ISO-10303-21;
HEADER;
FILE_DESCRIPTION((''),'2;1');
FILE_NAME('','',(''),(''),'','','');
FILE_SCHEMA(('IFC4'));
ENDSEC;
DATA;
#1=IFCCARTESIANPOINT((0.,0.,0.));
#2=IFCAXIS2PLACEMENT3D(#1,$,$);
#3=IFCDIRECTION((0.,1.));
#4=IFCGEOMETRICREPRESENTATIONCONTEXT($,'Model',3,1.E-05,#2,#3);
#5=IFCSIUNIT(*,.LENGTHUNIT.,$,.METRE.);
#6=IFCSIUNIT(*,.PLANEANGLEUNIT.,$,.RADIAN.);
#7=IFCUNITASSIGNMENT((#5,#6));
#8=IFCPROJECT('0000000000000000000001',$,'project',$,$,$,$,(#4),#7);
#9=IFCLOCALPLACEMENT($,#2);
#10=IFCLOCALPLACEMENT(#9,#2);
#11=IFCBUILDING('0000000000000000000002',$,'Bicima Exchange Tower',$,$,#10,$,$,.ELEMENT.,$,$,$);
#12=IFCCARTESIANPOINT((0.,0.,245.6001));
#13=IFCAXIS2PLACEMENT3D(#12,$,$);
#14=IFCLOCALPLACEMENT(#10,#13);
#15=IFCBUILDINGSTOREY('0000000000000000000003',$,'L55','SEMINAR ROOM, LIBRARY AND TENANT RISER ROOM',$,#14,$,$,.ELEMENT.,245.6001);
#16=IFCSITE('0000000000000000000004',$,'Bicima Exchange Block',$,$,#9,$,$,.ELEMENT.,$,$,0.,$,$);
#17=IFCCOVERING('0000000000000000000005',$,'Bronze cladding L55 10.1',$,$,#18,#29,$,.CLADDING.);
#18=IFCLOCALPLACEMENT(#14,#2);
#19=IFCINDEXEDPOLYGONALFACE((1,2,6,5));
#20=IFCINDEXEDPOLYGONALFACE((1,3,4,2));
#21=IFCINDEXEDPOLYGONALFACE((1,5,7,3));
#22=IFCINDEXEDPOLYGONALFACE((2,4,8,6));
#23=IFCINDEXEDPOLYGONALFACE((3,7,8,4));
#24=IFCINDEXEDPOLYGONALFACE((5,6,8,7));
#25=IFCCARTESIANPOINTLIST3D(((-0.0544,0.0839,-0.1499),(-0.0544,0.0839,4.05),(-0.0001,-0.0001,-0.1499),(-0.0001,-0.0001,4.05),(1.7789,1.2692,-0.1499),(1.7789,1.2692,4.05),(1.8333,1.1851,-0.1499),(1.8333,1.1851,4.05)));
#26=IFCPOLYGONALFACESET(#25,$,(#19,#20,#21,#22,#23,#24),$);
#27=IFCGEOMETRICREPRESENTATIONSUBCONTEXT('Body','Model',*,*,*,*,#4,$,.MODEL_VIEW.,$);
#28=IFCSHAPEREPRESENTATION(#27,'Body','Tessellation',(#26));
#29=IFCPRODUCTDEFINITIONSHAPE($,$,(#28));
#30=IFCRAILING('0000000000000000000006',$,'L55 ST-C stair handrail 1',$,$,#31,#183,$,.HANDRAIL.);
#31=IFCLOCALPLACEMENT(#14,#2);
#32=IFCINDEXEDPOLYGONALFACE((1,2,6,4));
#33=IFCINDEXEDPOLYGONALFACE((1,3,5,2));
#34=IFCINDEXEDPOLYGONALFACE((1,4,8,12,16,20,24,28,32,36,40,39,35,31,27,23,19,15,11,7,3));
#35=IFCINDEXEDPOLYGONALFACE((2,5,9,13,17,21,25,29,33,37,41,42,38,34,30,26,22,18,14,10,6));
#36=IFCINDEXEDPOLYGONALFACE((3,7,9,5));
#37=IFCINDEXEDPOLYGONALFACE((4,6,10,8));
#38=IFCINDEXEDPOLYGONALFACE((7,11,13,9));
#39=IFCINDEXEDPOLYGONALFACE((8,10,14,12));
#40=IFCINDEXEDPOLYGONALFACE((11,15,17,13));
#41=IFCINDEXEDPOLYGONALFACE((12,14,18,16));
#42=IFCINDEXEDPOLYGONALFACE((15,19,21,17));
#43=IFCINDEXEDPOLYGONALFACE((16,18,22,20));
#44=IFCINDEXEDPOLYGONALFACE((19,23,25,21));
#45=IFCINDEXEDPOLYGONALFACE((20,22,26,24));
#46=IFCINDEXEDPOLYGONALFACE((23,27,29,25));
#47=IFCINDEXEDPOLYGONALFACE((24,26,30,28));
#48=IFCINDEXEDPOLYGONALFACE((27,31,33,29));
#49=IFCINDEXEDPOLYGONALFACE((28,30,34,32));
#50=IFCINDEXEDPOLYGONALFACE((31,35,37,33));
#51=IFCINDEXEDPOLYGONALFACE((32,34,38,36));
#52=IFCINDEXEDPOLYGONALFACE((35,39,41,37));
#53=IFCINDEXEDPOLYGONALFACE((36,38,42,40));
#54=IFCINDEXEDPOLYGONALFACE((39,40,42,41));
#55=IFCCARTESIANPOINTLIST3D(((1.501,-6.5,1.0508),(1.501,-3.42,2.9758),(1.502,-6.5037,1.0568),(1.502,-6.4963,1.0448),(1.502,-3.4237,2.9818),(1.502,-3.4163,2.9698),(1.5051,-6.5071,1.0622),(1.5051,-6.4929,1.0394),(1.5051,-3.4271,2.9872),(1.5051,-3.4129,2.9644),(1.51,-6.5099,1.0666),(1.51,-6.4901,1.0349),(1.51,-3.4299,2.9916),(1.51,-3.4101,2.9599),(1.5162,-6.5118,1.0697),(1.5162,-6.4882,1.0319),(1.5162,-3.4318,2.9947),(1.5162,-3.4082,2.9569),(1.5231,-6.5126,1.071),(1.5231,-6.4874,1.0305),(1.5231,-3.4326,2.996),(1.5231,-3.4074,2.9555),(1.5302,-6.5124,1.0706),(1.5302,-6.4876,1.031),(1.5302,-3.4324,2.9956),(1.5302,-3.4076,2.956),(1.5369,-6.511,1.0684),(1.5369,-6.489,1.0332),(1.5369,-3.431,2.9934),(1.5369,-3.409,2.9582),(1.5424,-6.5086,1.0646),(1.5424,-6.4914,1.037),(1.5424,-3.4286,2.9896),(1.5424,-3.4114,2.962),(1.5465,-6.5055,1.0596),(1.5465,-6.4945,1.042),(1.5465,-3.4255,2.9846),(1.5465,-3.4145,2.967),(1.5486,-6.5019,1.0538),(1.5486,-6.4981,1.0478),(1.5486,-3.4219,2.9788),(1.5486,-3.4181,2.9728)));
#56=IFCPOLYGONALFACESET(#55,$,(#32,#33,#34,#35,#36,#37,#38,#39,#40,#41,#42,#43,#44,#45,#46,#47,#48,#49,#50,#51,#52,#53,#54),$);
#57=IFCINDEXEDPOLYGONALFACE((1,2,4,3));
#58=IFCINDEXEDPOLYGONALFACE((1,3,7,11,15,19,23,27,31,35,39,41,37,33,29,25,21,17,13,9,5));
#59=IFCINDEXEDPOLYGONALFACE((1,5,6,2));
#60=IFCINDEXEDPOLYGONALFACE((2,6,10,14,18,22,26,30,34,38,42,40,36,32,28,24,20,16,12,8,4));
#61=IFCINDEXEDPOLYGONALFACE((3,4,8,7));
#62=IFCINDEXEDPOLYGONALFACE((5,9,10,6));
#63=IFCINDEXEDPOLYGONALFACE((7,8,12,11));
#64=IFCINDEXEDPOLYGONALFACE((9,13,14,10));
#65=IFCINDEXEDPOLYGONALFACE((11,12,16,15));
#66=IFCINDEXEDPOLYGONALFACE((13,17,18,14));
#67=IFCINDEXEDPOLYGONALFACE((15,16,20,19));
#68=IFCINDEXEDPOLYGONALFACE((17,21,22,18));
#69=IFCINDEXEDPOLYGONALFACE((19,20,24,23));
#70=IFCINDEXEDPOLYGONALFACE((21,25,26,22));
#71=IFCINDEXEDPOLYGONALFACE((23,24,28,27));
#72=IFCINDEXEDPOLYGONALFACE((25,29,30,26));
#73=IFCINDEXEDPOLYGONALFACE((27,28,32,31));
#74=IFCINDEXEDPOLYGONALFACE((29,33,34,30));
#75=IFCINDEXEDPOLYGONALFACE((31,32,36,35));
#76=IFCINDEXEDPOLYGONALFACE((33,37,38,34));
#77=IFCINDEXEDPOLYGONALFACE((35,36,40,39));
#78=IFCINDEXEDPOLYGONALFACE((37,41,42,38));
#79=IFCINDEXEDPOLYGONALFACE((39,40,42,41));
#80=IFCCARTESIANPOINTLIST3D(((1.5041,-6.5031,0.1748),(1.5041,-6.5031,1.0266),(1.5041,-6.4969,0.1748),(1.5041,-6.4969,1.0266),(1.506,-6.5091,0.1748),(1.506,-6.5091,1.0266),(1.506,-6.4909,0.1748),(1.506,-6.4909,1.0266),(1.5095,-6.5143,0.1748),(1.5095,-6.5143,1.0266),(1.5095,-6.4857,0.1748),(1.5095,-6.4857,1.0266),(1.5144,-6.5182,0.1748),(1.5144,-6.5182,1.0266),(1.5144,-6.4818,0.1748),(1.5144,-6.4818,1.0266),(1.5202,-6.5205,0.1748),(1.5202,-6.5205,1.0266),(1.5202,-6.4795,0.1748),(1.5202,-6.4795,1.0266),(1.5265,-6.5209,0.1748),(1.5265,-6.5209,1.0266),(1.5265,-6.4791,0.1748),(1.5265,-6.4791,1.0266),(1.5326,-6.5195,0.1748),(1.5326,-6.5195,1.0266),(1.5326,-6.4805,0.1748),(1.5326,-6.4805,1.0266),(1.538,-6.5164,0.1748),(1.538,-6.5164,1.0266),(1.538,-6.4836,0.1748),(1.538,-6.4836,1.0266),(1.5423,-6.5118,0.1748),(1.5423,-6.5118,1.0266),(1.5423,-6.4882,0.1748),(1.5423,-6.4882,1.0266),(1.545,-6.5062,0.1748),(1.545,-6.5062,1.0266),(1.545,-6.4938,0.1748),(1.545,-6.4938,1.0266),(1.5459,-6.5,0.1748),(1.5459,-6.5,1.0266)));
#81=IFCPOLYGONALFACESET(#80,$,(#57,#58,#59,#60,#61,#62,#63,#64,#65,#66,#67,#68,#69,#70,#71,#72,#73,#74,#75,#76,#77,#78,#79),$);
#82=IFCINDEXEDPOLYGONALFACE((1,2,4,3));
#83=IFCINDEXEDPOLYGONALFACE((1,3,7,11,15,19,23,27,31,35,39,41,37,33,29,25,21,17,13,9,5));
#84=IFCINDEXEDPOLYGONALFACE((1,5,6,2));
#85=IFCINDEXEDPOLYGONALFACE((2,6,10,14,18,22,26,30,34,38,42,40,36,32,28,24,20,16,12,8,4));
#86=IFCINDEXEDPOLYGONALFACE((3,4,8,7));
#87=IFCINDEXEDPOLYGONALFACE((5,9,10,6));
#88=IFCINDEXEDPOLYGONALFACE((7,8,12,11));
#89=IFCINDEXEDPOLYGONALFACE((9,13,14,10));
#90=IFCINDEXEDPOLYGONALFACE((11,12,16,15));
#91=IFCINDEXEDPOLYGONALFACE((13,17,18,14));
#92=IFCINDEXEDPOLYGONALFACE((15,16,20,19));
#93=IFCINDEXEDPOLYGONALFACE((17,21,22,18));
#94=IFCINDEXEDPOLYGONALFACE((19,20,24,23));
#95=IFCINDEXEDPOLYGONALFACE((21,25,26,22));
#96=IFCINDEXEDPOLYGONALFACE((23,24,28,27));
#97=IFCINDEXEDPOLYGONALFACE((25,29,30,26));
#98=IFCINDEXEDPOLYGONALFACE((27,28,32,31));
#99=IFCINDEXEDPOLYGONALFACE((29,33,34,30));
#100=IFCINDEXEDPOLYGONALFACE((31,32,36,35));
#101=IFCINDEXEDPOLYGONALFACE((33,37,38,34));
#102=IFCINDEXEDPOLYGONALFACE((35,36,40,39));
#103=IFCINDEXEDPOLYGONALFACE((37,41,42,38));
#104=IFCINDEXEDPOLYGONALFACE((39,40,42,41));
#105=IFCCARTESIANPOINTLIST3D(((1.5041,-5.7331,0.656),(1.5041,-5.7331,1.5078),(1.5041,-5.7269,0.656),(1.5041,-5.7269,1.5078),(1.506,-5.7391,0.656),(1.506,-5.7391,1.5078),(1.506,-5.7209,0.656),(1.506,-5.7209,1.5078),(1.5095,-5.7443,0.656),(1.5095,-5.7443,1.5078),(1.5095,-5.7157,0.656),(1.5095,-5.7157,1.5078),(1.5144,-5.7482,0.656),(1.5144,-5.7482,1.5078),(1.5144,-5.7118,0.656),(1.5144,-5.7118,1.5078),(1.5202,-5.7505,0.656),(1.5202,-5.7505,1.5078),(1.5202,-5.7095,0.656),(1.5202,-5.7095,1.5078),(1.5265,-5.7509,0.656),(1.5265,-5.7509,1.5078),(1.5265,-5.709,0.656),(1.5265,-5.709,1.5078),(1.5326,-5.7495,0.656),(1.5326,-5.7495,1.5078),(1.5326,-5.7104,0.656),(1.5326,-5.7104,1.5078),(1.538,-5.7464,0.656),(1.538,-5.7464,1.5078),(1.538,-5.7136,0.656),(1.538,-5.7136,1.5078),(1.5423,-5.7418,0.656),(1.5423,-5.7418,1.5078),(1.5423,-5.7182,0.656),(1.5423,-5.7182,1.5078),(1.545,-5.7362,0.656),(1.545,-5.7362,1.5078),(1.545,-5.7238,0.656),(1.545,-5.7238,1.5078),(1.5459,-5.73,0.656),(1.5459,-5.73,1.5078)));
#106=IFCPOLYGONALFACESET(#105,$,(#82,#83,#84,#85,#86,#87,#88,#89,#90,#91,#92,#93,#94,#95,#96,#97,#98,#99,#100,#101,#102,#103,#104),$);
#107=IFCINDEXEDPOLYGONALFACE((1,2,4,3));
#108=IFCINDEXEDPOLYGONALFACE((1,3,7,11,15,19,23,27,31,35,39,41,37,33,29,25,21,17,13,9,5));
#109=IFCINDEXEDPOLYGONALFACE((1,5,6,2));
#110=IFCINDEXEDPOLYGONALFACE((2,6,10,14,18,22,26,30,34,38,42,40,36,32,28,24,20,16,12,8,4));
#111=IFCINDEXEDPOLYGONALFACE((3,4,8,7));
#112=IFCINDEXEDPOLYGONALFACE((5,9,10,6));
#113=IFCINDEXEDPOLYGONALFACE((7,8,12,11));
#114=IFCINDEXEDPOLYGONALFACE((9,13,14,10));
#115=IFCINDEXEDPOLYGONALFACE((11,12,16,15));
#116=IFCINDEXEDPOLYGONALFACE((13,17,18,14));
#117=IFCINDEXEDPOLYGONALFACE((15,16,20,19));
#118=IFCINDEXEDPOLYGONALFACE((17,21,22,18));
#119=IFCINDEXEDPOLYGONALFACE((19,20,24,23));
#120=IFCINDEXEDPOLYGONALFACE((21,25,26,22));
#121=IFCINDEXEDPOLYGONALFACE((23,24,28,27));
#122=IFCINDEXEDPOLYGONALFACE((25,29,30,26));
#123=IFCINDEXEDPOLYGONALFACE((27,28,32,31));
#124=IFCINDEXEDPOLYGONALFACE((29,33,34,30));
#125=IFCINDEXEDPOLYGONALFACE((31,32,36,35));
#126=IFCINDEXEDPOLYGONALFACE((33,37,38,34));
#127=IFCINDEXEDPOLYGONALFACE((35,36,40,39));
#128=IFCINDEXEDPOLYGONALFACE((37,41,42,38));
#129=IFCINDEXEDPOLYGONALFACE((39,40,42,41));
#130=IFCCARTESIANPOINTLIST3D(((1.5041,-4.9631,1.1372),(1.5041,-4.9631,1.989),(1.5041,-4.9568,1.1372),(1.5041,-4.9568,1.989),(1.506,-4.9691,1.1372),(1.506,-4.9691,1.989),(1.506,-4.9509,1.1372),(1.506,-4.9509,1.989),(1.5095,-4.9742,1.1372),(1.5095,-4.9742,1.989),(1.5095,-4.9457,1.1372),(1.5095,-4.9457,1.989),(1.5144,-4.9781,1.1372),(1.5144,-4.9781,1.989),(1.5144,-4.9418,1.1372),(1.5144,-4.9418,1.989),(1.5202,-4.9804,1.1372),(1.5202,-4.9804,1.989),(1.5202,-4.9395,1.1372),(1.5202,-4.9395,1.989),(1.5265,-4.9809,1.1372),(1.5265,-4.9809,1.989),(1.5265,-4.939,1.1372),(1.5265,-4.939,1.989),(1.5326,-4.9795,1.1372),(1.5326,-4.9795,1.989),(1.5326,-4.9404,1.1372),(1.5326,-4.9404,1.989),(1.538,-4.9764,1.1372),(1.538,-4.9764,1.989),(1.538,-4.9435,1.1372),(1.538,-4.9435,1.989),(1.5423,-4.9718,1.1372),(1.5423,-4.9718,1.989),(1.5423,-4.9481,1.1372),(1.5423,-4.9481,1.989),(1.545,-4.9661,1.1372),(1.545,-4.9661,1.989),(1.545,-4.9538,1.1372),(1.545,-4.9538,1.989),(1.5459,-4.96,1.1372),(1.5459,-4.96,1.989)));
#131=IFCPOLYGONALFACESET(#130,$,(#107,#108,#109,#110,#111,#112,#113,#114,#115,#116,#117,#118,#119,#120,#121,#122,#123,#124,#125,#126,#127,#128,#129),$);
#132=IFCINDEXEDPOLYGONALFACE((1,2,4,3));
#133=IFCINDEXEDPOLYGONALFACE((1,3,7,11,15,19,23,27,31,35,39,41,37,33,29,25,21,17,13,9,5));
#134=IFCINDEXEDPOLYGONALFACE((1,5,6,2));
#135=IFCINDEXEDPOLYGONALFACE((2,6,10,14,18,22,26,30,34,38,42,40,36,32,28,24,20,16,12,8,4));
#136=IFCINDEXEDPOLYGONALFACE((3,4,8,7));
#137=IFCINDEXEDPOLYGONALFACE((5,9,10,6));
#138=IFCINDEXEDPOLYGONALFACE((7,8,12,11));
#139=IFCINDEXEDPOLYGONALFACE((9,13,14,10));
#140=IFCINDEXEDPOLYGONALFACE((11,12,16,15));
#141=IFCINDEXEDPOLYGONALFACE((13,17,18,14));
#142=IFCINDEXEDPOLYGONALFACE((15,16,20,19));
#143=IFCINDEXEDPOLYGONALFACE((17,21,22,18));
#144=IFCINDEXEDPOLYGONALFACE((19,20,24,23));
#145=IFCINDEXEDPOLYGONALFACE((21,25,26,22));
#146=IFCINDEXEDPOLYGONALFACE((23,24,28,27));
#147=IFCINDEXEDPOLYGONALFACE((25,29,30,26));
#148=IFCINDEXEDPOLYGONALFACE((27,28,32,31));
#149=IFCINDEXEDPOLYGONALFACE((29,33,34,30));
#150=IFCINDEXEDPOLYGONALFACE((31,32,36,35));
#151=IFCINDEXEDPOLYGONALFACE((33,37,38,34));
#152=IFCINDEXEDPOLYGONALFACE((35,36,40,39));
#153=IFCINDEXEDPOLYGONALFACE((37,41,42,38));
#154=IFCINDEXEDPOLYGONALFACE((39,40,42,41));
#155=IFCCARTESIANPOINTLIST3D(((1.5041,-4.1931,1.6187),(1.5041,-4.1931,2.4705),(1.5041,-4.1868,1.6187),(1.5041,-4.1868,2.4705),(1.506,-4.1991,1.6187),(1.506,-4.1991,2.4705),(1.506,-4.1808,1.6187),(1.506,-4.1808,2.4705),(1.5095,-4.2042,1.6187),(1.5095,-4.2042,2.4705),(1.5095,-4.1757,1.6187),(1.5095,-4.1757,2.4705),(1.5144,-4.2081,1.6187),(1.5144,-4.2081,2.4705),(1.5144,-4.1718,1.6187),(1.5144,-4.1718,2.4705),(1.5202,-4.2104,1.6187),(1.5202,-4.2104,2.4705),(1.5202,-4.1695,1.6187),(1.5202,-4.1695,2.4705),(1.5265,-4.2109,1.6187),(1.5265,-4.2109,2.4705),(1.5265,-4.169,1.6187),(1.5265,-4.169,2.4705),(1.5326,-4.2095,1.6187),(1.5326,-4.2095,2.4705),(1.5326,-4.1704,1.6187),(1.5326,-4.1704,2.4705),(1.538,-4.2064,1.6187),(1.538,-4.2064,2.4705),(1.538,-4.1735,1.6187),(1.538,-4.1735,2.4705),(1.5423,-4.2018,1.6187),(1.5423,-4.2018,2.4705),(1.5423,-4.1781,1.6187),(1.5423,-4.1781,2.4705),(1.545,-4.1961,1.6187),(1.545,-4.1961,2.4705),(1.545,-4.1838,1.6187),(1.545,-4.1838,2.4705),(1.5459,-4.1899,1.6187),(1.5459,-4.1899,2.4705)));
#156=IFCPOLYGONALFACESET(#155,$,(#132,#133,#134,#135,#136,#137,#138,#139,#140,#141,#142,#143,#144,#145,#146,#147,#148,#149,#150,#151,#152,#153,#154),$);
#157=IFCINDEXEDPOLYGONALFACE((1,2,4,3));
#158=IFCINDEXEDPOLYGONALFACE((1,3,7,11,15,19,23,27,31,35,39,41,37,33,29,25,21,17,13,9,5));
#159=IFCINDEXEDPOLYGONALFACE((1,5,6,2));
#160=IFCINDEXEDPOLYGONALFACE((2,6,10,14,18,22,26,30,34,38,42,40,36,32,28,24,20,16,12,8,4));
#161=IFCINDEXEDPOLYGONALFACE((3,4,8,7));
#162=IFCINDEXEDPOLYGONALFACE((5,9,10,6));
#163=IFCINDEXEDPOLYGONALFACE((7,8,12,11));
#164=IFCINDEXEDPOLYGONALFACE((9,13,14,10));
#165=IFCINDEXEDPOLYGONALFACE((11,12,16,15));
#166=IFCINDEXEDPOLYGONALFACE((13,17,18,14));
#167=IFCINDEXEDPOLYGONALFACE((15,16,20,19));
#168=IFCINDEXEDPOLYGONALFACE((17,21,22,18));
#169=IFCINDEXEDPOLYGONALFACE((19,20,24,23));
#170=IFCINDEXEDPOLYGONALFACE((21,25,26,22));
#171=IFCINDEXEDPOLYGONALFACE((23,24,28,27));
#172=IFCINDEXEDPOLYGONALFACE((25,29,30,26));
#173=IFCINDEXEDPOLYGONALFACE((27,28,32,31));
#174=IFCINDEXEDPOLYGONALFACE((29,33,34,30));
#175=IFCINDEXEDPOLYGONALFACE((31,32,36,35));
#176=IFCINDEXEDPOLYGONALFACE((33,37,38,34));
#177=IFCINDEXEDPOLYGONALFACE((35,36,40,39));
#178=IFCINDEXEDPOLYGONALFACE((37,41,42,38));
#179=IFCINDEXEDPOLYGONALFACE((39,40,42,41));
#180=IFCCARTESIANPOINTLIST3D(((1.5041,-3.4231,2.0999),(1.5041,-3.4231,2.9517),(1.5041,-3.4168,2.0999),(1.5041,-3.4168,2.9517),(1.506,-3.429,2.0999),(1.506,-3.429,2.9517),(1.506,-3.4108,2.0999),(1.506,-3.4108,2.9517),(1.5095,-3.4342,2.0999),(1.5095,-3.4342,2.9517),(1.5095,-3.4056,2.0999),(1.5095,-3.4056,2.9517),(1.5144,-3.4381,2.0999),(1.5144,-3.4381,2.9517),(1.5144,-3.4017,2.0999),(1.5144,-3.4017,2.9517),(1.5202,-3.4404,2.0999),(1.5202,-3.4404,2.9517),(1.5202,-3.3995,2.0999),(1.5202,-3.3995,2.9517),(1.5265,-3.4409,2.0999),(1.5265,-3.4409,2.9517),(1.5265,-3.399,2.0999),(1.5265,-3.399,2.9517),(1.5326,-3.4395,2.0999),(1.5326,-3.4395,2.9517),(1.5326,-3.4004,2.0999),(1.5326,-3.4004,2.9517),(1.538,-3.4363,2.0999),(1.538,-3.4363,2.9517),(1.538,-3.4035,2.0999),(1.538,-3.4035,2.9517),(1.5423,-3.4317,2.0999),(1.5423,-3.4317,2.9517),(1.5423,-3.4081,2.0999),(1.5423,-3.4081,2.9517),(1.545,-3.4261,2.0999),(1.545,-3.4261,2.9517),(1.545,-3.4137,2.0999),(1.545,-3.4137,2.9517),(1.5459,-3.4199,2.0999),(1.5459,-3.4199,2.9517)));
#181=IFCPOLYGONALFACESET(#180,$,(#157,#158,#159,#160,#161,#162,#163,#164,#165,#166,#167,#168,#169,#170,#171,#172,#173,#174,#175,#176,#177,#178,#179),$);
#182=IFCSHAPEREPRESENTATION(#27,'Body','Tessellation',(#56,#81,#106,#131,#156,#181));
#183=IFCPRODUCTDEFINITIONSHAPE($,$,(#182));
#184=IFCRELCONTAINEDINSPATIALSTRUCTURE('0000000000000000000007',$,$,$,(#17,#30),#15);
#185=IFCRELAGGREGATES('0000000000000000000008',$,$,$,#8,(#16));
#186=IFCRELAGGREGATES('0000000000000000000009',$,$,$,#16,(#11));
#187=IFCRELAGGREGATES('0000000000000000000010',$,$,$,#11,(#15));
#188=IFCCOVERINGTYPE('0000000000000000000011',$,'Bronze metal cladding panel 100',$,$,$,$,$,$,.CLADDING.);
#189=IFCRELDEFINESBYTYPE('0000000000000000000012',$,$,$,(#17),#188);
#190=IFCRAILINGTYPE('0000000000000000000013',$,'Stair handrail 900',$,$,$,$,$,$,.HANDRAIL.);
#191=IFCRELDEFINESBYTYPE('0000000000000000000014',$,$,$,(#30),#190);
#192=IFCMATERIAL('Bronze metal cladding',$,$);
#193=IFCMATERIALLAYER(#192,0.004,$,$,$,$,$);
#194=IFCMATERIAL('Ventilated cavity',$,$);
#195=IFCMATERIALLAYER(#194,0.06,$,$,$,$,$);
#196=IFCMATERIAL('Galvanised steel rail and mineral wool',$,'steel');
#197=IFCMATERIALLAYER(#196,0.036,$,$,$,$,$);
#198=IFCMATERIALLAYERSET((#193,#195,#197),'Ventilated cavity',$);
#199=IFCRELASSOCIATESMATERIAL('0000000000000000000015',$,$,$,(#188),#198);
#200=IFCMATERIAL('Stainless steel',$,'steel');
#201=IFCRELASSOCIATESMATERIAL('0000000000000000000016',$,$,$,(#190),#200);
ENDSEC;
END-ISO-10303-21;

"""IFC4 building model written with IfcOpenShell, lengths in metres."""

from ifc_helpers import new_model, si_unit, direction, frame, origin, origin_2d, place, context, subcontext, project, spatial, rectangle, circle, extrude, material, layer, layer_set, type_object, element, save


model = new_model("IFC4")

# Units and contexts
model_context = context("Model", 3, precision=1e-05, world=origin(), true_north=direction((0.0, 1.0)))
body_context = subcontext(model_context, "Body", "Model", "MODEL_VIEW")
ifc_project = project(units=[si_unit("LENGTHUNIT", "METRE"), si_unit("PLANEANGLEUNIT", "RADIAN")], contexts=[model_context])

# Site, building, storey
site_placement = place(None, origin())
site = spatial("IfcSite", under=ifc_project, at=site_placement, Name="Bicima Exchange Block", CompositionType="ELEMENT", RefElevation=0.0)
building_placement = place(site_placement, origin())
building = spatial("IfcBuilding", under=site, at=building_placement, Name="Bicima Exchange Tower", CompositionType="ELEMENT")
storey_placement = place(building_placement, frame((0.0, 0.0, 245.6001)))
storey = spatial("IfcBuildingStorey", under=building, at=storey_placement, Name="L55", Description="SEMINAR ROOM, LIBRARY AND TENANT RISER ROOM", CompositionType="ELEMENT", Elevation=245.6001)

# Shared definitions
ifc_material_1 = material(Name="Stainless steel", Category="steel")

# Covering
ifc_material_2 = material(Name="Bronze metal cladding")
ifc_layer_1 = layer(ifc_material_2, 0.004)
ifc_material_3 = material(Name="Ventilated cavity")
ifc_layer_2 = layer(ifc_material_3, 0.06)
ifc_material_4 = material(Name="Galvanised steel rail and mineral wool", Category="steel")
ifc_layer_3 = layer(ifc_material_4, 0.036)
ifc_layer_set_1 = layer_set([ifc_layer_1, ifc_layer_2, ifc_layer_3], Name="Ventilated cavity")
covering_type = type_object("IfcCoveringType", Name="Bronze metal cladding panel 100", PredefinedType="CLADDING", material=ifc_layer_set_1)
covering_1_placement = place(storey_placement, frame((0.8894, 0.6345, -0.1499), z_axis=(0.0, 0.0, 1.0), x_axis=(-0.83979, -0.542911, 0.0)))
element("IfcCovering", 1, at=covering_1_placement, inside=storey, type_object=covering_type, Name="Bronze cladding L55 10.1", PredefinedType="CLADDING", context=body_context, shape_type="SweptSolid", body=[
    extrude(rectangle(XDim=2.1831, YDim=0.1001, at=origin_2d()), origin(), (0.0, 0.0, 1.0), 4.2),
])

# Railing
railing_type_1 = type_object("IfcRailingType", Name="Stair handrail 900", PredefinedType="HANDRAIL", material=ifc_material_1)
railing_1_placement = place(storey_placement, frame((1.5249, -6.5, 0.1748)))
element("IfcRailing", 2, at=railing_1_placement, inside=storey, type_object=railing_type_1, Name="L55 ST-C stair handrail 1", PredefinedType="HANDRAIL", context=body_context, shape_type="SweptSolid", body=[
    extrude(circle(Radius=0.0239, at=origin_2d()), frame((0.0, 0.0, 0.876), z_axis=(0.0, 0.847998, 0.529999), x_axis=(-1.0, 0.0, 0.0)), (0.0, 0.0, 1.0), 3.6321),
    extrude(circle(Radius=0.021, at=origin_2d()), origin(), (0.0, 0.0, 1.0), 0.8518),
    extrude(circle(Radius=0.021, at=origin_2d()), frame((0.0, 0.77, 0.4812)), (0.0, 0.0, 1.0), 0.8518),
    extrude(circle(Radius=0.021, at=origin_2d()), frame((0.0, 1.54, 0.9624)), (0.0, 0.0, 1.0), 0.8518),
    extrude(circle(Radius=0.021, at=origin_2d()), frame((0.0, 2.3101, 1.4438)), (0.0, 0.0, 1.0), 0.8518),
    extrude(circle(Radius=0.021, at=origin_2d()), frame((0.0, 3.0801, 1.925)), (0.0, 0.0, 1.0), 0.8518),
])

save(model, "model.ifc")
